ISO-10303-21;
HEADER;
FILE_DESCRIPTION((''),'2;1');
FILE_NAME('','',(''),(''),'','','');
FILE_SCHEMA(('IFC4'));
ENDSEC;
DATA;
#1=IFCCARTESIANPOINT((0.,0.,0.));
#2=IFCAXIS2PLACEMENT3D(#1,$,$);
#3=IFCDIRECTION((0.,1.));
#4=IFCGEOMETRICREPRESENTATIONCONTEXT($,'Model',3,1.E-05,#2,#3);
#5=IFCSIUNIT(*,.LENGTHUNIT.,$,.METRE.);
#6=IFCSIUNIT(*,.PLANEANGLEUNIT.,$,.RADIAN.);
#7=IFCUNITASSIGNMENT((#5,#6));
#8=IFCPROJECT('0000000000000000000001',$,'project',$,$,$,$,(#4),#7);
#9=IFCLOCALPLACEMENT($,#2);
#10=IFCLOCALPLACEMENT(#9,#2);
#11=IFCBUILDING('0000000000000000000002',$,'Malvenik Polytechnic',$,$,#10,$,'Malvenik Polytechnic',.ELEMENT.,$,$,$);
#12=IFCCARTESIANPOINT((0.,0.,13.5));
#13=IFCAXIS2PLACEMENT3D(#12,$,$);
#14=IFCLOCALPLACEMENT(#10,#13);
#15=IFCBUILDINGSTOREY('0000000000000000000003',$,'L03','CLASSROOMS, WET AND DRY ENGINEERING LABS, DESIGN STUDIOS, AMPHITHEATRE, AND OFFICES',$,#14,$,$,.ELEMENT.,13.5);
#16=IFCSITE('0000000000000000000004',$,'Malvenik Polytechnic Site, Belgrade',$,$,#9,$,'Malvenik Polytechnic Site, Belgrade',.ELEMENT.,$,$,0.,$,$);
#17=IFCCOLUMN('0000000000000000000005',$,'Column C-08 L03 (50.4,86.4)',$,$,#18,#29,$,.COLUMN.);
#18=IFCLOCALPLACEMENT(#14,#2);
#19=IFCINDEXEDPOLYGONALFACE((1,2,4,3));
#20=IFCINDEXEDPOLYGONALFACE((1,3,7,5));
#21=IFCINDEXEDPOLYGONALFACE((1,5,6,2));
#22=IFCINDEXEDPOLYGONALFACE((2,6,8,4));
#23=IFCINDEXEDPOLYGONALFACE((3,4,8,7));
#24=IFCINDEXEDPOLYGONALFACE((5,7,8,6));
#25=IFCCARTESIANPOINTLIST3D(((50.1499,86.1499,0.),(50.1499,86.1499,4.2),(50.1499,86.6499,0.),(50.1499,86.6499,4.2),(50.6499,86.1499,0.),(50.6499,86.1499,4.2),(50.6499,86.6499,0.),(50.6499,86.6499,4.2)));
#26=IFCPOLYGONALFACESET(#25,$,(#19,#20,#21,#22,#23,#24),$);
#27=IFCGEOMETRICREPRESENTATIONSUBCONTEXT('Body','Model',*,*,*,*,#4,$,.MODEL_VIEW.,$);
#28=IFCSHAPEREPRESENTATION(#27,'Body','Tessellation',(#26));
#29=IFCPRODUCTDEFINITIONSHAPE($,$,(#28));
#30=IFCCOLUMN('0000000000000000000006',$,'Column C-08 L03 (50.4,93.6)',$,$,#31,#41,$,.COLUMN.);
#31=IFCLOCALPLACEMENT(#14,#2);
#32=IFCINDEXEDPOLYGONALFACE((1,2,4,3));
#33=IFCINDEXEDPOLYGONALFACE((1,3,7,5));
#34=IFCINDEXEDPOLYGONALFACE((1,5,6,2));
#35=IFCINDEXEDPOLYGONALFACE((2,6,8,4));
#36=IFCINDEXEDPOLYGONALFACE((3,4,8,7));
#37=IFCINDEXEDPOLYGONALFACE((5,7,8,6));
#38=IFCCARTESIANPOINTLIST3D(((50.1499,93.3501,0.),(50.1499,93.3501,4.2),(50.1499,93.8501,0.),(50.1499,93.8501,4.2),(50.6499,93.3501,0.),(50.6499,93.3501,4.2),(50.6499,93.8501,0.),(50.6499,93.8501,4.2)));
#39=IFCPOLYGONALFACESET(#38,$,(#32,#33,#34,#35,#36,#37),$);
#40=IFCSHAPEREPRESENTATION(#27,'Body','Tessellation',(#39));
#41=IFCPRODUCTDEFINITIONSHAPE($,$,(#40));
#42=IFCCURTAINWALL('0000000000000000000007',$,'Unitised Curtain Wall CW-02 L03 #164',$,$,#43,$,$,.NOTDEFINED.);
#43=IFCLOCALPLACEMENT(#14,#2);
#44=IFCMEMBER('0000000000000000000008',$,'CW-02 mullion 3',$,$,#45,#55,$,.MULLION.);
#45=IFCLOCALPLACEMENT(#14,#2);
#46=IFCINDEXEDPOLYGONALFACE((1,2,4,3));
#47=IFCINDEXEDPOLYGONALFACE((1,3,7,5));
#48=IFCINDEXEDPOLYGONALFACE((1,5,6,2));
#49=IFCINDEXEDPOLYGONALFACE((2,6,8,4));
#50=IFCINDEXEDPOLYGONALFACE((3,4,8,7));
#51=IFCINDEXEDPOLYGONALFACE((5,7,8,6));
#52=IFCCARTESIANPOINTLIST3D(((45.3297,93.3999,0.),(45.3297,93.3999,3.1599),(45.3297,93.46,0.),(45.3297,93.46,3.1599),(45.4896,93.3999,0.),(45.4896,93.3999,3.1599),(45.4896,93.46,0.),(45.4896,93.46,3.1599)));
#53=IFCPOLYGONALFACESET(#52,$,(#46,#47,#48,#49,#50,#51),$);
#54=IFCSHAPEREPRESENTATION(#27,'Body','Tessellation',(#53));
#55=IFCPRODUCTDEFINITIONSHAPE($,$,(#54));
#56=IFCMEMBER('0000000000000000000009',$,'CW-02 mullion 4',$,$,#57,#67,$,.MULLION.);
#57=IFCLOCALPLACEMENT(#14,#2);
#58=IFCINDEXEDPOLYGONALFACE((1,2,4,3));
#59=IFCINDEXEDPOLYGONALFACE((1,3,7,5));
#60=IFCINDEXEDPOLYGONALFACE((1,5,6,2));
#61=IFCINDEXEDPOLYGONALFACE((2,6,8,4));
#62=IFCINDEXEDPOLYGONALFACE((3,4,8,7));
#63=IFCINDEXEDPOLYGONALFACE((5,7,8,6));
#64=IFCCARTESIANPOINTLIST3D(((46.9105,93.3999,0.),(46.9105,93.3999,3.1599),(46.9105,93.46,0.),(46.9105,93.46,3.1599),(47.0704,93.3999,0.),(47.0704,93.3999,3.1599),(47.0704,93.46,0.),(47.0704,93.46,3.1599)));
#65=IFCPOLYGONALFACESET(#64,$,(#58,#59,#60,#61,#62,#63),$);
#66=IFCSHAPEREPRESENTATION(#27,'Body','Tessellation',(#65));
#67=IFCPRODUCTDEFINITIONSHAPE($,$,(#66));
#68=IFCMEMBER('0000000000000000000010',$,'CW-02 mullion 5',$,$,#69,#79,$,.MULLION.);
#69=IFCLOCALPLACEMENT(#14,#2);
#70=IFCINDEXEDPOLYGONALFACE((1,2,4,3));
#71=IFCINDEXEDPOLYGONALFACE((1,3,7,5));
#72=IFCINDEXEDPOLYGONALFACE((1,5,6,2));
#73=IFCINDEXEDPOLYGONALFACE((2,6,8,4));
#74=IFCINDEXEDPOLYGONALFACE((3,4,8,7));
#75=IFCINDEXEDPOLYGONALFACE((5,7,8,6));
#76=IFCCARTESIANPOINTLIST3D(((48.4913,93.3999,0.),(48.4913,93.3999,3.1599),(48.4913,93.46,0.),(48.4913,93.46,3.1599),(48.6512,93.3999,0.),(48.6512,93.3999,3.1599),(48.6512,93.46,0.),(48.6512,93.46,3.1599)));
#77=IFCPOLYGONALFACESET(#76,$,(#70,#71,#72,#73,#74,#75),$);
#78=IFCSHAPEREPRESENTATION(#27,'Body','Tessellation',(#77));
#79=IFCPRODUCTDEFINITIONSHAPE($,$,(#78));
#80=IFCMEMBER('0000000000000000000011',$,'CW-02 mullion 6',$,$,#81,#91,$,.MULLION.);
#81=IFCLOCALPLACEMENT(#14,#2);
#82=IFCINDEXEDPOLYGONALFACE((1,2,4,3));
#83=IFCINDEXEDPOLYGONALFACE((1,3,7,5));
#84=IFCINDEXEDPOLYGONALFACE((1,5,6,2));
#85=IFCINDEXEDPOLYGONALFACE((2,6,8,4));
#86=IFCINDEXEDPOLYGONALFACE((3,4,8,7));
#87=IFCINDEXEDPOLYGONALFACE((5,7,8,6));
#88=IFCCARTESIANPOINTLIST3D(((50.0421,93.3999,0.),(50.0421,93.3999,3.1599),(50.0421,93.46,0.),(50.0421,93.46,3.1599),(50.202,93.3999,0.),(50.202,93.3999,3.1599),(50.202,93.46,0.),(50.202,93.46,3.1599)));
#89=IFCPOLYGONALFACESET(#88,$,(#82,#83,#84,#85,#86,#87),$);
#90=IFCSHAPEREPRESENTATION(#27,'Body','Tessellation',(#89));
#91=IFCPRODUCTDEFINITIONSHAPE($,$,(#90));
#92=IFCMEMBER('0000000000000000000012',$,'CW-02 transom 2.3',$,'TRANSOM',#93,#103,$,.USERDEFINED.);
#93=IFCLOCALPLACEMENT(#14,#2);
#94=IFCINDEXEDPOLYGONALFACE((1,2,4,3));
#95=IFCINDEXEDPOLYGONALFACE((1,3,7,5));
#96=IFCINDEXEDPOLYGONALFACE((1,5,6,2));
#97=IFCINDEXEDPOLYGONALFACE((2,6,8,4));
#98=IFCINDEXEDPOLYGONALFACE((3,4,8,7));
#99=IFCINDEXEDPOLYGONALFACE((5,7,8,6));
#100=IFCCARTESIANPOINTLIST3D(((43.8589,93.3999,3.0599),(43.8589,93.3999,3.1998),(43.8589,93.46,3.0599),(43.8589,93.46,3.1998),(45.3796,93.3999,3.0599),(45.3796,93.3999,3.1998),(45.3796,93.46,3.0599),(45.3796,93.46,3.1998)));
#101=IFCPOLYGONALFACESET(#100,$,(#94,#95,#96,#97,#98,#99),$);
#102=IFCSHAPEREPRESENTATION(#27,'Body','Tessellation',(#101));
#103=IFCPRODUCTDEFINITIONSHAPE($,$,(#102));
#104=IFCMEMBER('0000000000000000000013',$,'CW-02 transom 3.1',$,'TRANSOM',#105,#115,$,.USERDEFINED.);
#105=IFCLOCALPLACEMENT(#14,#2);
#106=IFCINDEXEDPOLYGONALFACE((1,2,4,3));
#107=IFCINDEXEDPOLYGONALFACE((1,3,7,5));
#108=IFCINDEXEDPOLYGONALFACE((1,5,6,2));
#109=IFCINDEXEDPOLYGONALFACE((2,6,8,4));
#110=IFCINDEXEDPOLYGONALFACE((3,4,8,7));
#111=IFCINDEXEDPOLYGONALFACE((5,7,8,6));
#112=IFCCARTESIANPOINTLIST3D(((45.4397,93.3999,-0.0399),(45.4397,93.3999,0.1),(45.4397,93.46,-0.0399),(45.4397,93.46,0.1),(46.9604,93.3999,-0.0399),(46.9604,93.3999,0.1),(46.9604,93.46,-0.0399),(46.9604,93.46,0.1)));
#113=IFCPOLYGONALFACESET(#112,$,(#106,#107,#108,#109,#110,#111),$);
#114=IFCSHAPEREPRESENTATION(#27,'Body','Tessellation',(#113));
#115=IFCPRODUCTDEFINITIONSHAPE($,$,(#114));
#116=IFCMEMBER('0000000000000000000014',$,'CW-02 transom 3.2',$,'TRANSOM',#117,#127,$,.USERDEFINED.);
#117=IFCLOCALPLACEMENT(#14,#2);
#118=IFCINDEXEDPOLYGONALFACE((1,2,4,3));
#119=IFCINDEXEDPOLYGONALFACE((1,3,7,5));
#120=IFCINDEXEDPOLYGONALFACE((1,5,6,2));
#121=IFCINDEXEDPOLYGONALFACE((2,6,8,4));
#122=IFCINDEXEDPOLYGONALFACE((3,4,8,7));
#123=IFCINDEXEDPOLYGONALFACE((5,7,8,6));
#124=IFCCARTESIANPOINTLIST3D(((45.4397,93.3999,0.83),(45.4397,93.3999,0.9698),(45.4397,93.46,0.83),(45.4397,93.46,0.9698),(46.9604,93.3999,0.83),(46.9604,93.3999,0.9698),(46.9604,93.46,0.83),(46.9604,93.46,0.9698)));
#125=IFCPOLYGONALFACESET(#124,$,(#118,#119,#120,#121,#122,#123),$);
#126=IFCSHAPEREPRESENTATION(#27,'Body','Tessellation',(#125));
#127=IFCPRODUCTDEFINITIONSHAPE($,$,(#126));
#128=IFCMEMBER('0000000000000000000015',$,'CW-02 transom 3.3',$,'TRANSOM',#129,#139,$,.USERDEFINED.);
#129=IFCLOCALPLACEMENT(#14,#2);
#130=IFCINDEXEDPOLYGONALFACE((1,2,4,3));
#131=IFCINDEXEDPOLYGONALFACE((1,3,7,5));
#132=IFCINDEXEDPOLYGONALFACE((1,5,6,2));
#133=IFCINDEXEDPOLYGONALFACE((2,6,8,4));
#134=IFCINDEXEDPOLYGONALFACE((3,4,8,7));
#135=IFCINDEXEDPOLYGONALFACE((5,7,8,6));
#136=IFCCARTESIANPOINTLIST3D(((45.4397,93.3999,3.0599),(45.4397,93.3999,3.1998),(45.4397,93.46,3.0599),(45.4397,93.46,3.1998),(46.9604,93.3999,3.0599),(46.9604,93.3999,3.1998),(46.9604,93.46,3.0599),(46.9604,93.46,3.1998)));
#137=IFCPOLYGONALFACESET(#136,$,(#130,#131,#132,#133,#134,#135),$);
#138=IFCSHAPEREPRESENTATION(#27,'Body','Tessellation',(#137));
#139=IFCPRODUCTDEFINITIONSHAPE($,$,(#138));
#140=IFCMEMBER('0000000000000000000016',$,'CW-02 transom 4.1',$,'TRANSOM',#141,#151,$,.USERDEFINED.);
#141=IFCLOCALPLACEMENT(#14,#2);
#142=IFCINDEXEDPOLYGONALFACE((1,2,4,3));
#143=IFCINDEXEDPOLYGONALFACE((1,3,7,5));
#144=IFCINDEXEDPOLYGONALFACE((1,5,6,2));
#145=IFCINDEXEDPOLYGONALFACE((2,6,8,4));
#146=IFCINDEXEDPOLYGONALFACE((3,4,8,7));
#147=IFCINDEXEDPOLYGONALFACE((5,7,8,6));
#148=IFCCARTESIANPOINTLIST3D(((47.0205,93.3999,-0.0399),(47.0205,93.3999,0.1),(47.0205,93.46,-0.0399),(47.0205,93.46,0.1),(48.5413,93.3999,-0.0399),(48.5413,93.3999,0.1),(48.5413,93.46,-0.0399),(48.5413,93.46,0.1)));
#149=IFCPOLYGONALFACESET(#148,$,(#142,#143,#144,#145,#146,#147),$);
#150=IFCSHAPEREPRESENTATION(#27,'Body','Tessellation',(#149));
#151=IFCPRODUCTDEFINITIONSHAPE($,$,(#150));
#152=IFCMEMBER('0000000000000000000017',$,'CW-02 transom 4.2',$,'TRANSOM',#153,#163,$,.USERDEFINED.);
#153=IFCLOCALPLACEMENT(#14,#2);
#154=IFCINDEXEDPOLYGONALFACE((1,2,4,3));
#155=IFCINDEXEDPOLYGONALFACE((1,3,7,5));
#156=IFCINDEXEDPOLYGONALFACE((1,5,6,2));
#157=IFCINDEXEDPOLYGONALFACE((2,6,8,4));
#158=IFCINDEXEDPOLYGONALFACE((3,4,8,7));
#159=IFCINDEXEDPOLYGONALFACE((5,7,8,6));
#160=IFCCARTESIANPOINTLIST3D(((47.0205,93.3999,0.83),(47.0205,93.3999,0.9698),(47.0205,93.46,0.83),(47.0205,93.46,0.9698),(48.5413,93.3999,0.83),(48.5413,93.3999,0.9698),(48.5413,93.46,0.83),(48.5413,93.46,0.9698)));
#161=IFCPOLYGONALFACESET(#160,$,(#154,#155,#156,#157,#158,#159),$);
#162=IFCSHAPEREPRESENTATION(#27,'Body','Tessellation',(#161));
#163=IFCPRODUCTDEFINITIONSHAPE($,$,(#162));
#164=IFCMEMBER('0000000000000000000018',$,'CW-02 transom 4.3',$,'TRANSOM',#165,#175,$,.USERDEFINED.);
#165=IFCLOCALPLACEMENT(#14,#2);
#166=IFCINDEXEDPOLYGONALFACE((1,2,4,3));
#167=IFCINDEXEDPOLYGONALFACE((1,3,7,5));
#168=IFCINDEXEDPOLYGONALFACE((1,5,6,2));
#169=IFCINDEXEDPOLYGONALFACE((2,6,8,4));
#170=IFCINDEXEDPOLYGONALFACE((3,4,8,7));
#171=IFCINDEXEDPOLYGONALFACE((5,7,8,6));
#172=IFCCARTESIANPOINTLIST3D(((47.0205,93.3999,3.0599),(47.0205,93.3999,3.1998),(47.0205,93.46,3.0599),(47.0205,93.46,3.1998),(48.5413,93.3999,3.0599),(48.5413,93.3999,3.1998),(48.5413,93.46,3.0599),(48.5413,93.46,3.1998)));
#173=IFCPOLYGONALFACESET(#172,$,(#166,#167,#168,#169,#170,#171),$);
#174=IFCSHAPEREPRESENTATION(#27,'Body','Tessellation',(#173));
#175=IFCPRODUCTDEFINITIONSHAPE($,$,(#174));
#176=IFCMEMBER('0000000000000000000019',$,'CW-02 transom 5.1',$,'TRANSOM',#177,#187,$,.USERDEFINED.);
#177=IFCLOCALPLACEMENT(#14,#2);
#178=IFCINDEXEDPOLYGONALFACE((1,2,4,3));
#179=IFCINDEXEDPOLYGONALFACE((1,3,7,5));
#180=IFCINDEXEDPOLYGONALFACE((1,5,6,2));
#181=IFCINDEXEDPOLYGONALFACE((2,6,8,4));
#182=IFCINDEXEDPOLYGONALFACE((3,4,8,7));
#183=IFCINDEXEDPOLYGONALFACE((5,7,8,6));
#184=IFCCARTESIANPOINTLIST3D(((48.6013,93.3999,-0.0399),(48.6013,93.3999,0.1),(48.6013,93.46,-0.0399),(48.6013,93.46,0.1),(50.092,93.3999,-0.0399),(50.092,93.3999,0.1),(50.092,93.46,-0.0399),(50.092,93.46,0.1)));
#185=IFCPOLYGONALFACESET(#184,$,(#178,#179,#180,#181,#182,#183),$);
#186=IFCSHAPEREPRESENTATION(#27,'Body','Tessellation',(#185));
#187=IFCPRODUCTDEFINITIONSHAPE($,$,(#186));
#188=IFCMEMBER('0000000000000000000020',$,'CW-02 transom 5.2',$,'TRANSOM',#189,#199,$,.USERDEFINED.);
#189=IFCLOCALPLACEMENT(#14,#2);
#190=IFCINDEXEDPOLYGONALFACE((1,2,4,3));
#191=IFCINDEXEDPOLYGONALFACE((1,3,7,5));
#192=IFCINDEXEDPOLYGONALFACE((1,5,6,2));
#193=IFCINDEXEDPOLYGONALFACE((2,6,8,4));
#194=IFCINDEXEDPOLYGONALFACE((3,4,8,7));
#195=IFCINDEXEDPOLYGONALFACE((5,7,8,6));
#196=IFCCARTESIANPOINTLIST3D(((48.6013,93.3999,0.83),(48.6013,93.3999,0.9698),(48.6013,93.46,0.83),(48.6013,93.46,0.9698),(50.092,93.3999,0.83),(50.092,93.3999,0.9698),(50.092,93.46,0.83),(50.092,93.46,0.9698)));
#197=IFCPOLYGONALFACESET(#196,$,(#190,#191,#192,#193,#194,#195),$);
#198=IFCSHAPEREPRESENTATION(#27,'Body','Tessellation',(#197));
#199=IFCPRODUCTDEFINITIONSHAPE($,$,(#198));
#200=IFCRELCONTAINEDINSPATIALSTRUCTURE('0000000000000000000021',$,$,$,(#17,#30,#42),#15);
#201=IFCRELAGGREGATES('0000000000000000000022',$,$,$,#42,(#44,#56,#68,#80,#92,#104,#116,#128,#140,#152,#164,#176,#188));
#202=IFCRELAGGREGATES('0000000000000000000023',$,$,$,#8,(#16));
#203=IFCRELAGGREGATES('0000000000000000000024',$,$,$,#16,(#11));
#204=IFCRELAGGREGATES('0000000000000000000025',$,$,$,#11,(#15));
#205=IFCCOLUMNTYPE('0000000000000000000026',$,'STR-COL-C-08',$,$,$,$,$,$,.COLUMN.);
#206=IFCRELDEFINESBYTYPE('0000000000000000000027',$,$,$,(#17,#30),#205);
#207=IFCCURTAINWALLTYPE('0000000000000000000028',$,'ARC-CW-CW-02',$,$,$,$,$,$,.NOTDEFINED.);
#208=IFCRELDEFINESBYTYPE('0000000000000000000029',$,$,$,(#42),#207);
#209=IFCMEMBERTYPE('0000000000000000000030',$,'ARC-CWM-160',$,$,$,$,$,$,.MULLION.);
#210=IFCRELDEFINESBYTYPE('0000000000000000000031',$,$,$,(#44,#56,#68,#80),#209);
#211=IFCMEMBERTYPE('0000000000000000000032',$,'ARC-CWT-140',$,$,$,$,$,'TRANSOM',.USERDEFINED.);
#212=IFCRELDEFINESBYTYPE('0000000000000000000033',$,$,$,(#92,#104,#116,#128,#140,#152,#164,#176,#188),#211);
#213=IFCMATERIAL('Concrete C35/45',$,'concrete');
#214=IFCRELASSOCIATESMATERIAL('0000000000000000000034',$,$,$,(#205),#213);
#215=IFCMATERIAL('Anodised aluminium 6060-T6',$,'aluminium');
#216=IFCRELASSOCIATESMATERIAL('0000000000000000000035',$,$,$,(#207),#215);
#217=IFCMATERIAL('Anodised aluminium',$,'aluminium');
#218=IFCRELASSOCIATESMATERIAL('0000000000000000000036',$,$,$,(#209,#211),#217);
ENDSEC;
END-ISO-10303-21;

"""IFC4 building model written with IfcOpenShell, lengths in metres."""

from ifc_helpers import new_model, si_unit, direction, frame, origin, origin_2d, place, context, subcontext, project, spatial, rectangle, extrude, material, material_profile, profile_set, type_object, element, aggregate, save


model = new_model("IFC4")

# Units and contexts
model_context = context("Model", 3, precision=1e-05, world=origin(), true_north=direction((0.0, 1.0)))
body_context = subcontext(model_context, "Body", "Model", "MODEL_VIEW")
ifc_project = project(units=[si_unit("LENGTHUNIT", "METRE"), si_unit("PLANEANGLEUNIT", "RADIAN")], contexts=[model_context])

# Site, building, storey
site_placement = place(None, origin())
site = spatial("IfcSite", under=ifc_project, at=site_placement, Name="Malvenik Polytechnic Site, Belgrade", LongName="Malvenik Polytechnic Site, Belgrade", CompositionType="ELEMENT", RefElevation=0.0)
building_placement = place(site_placement, origin())
building = spatial("IfcBuilding", under=site, at=building_placement, Name="Malvenik Polytechnic", LongName="Malvenik Polytechnic", CompositionType="ELEMENT")
storey_placement = place(building_placement, frame((0.0, 0.0, 13.5)))
storey = spatial("IfcBuildingStorey", under=building, at=storey_placement, Name="L03", Description="CLASSROOMS, WET AND DRY ENGINEERING LABS, DESIGN STUDIOS, AMPHITHEATRE, AND OFFICES", CompositionType="ELEMENT", Elevation=13.5)

# Columns
ifc_material_1 = material(Name="Concrete C35/45", Category="concrete")
ifc_material_profile_1 = material_profile(ifc_material_1, rectangle(XDim=0.5, YDim=0.5, at=origin_2d()), Name="RC COL 500x500")
ifc_profile_set_1 = profile_set([ifc_material_profile_1], Name="Concrete C35/45")
column_type = type_object("IfcColumnType", Name="STR-COL-C-08", PredefinedType="COLUMN", material=ifc_profile_set_1)
for number, where, z_axis, x_axis, name in (
    (1, (50.3999, 86.3999, 0.0), (0.0, 0.0, 1.0), (1.0, 0.0, 0.0), "Column C-08 L03 (50.4,86.4)"),
    (2, (50.3999, 93.6001, 0.0), (0.0, 0.0, 1.0), (1.0, 0.0, 0.0), "Column C-08 L03 (50.4,93.6)"),
):
    element("IfcColumn", number, at=place(storey_placement, frame(where, z_axis=z_axis, x_axis=x_axis)), inside=storey, type_object=column_type, Name=name, PredefinedType="COLUMN", context=body_context, shape_type="SweptSolid", body=[
        extrude(rectangle(XDim=0.5, YDim=0.5, at=origin_2d()), origin(), (0.0, 0.0, 1.0), 4.2),
    ])

# Curtain wall, members
ifc_material_2 = material(Name="Anodised aluminium 6060-T6", Category="aluminium")
curtain_wall_type = type_object("IfcCurtainWallType", Name="ARC-CW-CW-02", PredefinedType="NOTDEFINED", material=ifc_material_2)
curtain_wall_placement = place(storey_placement, origin())
curtain_wall = element("IfcCurtainWall", 3, at=curtain_wall_placement, inside=storey, type_object=curtain_wall_type, Name="Unitised Curtain Wall CW-02 L03 #164", PredefinedType="NOTDEFINED")
ifc_material_3 = material(Name="Anodised aluminium", Category="aluminium")
ifc_material_profile_2 = material_profile(ifc_material_3, rectangle(XDim=0.0601, YDim=0.1599, at=origin_2d()), Name="ALU MULLION 60x160")
ifc_profile_set_2 = profile_set([ifc_material_profile_2], Name="Anodised aluminium")
member_type_1 = type_object("IfcMemberType", Name="ARC-CWM-160", PredefinedType="MULLION", material=ifc_profile_set_2)
member_1_placement = place(storey_placement, frame((45.4097, 93.4299, 0.0), z_axis=(0.0, 0.0, 1.0), x_axis=(0.0, 1.0, 0.0)))
member_1 = element("IfcMember", 4, at=member_1_placement, type_object=member_type_1, Name="CW-02 mullion 3", PredefinedType="MULLION", context=body_context, shape_type="SweptSolid", body=[
    extrude(rectangle(XDim=0.0601, YDim=0.1599, at=origin_2d()), origin(), (0.0, 0.0, 1.0), 3.1599),
])
member_2_placement = place(storey_placement, frame((46.9905, 93.4299, 0.0), z_axis=(0.0, 0.0, 1.0), x_axis=(0.0, 1.0, 0.0)))
member_2 = element("IfcMember", 5, at=member_2_placement, type_object=member_type_1, Name="CW-02 mullion 4", PredefinedType="MULLION", context=body_context, shape_type="SweptSolid", body=[
    extrude(rectangle(XDim=0.0601, YDim=0.1599, at=origin_2d()), origin(), (0.0, 0.0, 1.0), 3.1599),
])
member_3_placement = place(storey_placement, frame((48.5713, 93.4299, 0.0), z_axis=(0.0, 0.0, 1.0), x_axis=(0.0, 1.0, 0.0)))
member_3 = element("IfcMember", 6, at=member_3_placement, type_object=member_type_1, Name="CW-02 mullion 5", PredefinedType="MULLION", context=body_context, shape_type="SweptSolid", body=[
    extrude(rectangle(XDim=0.0601, YDim=0.1599, at=origin_2d()), origin(), (0.0, 0.0, 1.0), 3.1599),
])
member_4_placement = place(storey_placement, frame((50.1221, 93.4299, 0.0), z_axis=(0.0, 0.0, 1.0), x_axis=(0.0, 1.0, 0.0)))
member_4 = element("IfcMember", 7, at=member_4_placement, type_object=member_type_1, Name="CW-02 mullion 6", PredefinedType="MULLION", context=body_context, shape_type="SweptSolid", body=[
    extrude(rectangle(XDim=0.0601, YDim=0.1599, at=origin_2d()), origin(), (0.0, 0.0, 1.0), 3.1599),
])
ifc_material_profile_3 = material_profile(ifc_material_3, rectangle(XDim=0.0601, YDim=0.1399, at=origin_2d()), Name="ALU TRANSOM 60x140")
ifc_profile_set_3 = profile_set([ifc_material_profile_3], Name="Anodised aluminium")
member_type_2 = type_object("IfcMemberType", Name="ARC-CWT-140", ElementType="TRANSOM", PredefinedType="USERDEFINED", material=ifc_profile_set_3)
member_5_placement = place(storey_placement, frame((43.8589, 93.4299, 3.1299), z_axis=(1.0, 0.0, 0.0), x_axis=(0.0, 1.0, 0.0)))
member_5 = element("IfcMember", 8, at=member_5_placement, type_object=member_type_2, Name="CW-02 transom 2.3", ObjectType="TRANSOM", PredefinedType="USERDEFINED", context=body_context, shape_type="SweptSolid", body=[
    extrude(rectangle(XDim=0.0601, YDim=0.1399, at=origin_2d()), origin(), (0.0, 0.0, 1.0), 1.5208),
])
member_6_placement = place(storey_placement, frame((45.4397, 93.4299, 0.03), z_axis=(1.0, 0.0, 0.0), x_axis=(0.0, 1.0, 0.0)))
member_6 = element("IfcMember", 9, at=member_6_placement, type_object=member_type_2, Name="CW-02 transom 3.1", ObjectType="TRANSOM", PredefinedType="USERDEFINED", context=body_context, shape_type="SweptSolid", body=[
    extrude(rectangle(XDim=0.0601, YDim=0.1399, at=origin_2d()), origin(), (0.0, 0.0, 1.0), 1.5208),
])
member_7_placement = place(storey_placement, frame((45.4397, 93.4299, 0.8999), z_axis=(1.0, 0.0, 0.0), x_axis=(0.0, 1.0, 0.0)))
member_7 = element("IfcMember", 10, at=member_7_placement, type_object=member_type_2, Name="CW-02 transom 3.2", ObjectType="TRANSOM", PredefinedType="USERDEFINED", context=body_context, shape_type="SweptSolid", body=[
    extrude(rectangle(XDim=0.0601, YDim=0.1399, at=origin_2d()), origin(), (0.0, 0.0, 1.0), 1.5208),
])
member_8_placement = place(storey_placement, frame((45.4397, 93.4299, 3.1299), z_axis=(1.0, 0.0, 0.0), x_axis=(0.0, 1.0, 0.0)))
member_8 = element("IfcMember", 11, at=member_8_placement, type_object=member_type_2, Name="CW-02 transom 3.3", ObjectType="TRANSOM", PredefinedType="USERDEFINED", context=body_context, shape_type="SweptSolid", body=[
    extrude(rectangle(XDim=0.0601, YDim=0.1399, at=origin_2d()), origin(), (0.0, 0.0, 1.0), 1.5208),
])
member_9_placement = place(storey_placement, frame((47.0205, 93.4299, 0.03), z_axis=(1.0, 0.0, 0.0), x_axis=(0.0, 1.0, 0.0)))
member_9 = element("IfcMember", 12, at=member_9_placement, type_object=member_type_2, Name="CW-02 transom 4.1", ObjectType="TRANSOM", PredefinedType="USERDEFINED", context=body_context, shape_type="SweptSolid", body=[
    extrude(rectangle(XDim=0.0601, YDim=0.1399, at=origin_2d()), origin(), (0.0, 0.0, 1.0), 1.5208),
])
member_10_placement = place(storey_placement, frame((47.0205, 93.4299, 0.8999), z_axis=(1.0, 0.0, 0.0), x_axis=(0.0, 1.0, 0.0)))
member_10 = element("IfcMember", 13, at=member_10_placement, type_object=member_type_2, Name="CW-02 transom 4.2", ObjectType="TRANSOM", PredefinedType="USERDEFINED", context=body_context, shape_type="SweptSolid", body=[
    extrude(rectangle(XDim=0.0601, YDim=0.1399, at=origin_2d()), origin(), (0.0, 0.0, 1.0), 1.5208),
])
member_11_placement = place(storey_placement, frame((47.0205, 93.4299, 3.1299), z_axis=(1.0, 0.0, 0.0), x_axis=(0.0, 1.0, 0.0)))
member_11 = element("IfcMember", 14, at=member_11_placement, type_object=member_type_2, Name="CW-02 transom 4.3", ObjectType="TRANSOM", PredefinedType="USERDEFINED", context=body_context, shape_type="SweptSolid", body=[
    extrude(rectangle(XDim=0.0601, YDim=0.1399, at=origin_2d()), origin(), (0.0, 0.0, 1.0), 1.5208),
])
member_12_placement = place(storey_placement, frame((48.6013, 93.4299, 0.03), z_axis=(1.0, 0.0, 0.0), x_axis=(0.0, 1.0, 0.0)))
member_12 = element("IfcMember", 15, at=member_12_placement, type_object=member_type_2, Name="CW-02 transom 5.1", ObjectType="TRANSOM", PredefinedType="USERDEFINED", context=body_context, shape_type="SweptSolid", body=[
    extrude(rectangle(XDim=0.0601, YDim=0.1399, at=origin_2d()), origin(), (0.0, 0.0, 1.0), 1.4907),
])
member_13_placement = place(storey_placement, frame((48.6013, 93.4299, 0.8999), z_axis=(1.0, 0.0, 0.0), x_axis=(0.0, 1.0, 0.0)))
member_13 = element("IfcMember", 16, at=member_13_placement, type_object=member_type_2, Name="CW-02 transom 5.2", ObjectType="TRANSOM", PredefinedType="USERDEFINED", context=body_context, shape_type="SweptSolid", body=[
    extrude(rectangle(XDim=0.0601, YDim=0.1399, at=origin_2d()), origin(), (0.0, 0.0, 1.0), 1.4907),
])

aggregate(curtain_wall, [member_1, member_2, member_3, member_4, member_5, member_6, member_7, member_8, member_9, member_10, member_11, member_12, member_13])

save(model, "model.ifc")
